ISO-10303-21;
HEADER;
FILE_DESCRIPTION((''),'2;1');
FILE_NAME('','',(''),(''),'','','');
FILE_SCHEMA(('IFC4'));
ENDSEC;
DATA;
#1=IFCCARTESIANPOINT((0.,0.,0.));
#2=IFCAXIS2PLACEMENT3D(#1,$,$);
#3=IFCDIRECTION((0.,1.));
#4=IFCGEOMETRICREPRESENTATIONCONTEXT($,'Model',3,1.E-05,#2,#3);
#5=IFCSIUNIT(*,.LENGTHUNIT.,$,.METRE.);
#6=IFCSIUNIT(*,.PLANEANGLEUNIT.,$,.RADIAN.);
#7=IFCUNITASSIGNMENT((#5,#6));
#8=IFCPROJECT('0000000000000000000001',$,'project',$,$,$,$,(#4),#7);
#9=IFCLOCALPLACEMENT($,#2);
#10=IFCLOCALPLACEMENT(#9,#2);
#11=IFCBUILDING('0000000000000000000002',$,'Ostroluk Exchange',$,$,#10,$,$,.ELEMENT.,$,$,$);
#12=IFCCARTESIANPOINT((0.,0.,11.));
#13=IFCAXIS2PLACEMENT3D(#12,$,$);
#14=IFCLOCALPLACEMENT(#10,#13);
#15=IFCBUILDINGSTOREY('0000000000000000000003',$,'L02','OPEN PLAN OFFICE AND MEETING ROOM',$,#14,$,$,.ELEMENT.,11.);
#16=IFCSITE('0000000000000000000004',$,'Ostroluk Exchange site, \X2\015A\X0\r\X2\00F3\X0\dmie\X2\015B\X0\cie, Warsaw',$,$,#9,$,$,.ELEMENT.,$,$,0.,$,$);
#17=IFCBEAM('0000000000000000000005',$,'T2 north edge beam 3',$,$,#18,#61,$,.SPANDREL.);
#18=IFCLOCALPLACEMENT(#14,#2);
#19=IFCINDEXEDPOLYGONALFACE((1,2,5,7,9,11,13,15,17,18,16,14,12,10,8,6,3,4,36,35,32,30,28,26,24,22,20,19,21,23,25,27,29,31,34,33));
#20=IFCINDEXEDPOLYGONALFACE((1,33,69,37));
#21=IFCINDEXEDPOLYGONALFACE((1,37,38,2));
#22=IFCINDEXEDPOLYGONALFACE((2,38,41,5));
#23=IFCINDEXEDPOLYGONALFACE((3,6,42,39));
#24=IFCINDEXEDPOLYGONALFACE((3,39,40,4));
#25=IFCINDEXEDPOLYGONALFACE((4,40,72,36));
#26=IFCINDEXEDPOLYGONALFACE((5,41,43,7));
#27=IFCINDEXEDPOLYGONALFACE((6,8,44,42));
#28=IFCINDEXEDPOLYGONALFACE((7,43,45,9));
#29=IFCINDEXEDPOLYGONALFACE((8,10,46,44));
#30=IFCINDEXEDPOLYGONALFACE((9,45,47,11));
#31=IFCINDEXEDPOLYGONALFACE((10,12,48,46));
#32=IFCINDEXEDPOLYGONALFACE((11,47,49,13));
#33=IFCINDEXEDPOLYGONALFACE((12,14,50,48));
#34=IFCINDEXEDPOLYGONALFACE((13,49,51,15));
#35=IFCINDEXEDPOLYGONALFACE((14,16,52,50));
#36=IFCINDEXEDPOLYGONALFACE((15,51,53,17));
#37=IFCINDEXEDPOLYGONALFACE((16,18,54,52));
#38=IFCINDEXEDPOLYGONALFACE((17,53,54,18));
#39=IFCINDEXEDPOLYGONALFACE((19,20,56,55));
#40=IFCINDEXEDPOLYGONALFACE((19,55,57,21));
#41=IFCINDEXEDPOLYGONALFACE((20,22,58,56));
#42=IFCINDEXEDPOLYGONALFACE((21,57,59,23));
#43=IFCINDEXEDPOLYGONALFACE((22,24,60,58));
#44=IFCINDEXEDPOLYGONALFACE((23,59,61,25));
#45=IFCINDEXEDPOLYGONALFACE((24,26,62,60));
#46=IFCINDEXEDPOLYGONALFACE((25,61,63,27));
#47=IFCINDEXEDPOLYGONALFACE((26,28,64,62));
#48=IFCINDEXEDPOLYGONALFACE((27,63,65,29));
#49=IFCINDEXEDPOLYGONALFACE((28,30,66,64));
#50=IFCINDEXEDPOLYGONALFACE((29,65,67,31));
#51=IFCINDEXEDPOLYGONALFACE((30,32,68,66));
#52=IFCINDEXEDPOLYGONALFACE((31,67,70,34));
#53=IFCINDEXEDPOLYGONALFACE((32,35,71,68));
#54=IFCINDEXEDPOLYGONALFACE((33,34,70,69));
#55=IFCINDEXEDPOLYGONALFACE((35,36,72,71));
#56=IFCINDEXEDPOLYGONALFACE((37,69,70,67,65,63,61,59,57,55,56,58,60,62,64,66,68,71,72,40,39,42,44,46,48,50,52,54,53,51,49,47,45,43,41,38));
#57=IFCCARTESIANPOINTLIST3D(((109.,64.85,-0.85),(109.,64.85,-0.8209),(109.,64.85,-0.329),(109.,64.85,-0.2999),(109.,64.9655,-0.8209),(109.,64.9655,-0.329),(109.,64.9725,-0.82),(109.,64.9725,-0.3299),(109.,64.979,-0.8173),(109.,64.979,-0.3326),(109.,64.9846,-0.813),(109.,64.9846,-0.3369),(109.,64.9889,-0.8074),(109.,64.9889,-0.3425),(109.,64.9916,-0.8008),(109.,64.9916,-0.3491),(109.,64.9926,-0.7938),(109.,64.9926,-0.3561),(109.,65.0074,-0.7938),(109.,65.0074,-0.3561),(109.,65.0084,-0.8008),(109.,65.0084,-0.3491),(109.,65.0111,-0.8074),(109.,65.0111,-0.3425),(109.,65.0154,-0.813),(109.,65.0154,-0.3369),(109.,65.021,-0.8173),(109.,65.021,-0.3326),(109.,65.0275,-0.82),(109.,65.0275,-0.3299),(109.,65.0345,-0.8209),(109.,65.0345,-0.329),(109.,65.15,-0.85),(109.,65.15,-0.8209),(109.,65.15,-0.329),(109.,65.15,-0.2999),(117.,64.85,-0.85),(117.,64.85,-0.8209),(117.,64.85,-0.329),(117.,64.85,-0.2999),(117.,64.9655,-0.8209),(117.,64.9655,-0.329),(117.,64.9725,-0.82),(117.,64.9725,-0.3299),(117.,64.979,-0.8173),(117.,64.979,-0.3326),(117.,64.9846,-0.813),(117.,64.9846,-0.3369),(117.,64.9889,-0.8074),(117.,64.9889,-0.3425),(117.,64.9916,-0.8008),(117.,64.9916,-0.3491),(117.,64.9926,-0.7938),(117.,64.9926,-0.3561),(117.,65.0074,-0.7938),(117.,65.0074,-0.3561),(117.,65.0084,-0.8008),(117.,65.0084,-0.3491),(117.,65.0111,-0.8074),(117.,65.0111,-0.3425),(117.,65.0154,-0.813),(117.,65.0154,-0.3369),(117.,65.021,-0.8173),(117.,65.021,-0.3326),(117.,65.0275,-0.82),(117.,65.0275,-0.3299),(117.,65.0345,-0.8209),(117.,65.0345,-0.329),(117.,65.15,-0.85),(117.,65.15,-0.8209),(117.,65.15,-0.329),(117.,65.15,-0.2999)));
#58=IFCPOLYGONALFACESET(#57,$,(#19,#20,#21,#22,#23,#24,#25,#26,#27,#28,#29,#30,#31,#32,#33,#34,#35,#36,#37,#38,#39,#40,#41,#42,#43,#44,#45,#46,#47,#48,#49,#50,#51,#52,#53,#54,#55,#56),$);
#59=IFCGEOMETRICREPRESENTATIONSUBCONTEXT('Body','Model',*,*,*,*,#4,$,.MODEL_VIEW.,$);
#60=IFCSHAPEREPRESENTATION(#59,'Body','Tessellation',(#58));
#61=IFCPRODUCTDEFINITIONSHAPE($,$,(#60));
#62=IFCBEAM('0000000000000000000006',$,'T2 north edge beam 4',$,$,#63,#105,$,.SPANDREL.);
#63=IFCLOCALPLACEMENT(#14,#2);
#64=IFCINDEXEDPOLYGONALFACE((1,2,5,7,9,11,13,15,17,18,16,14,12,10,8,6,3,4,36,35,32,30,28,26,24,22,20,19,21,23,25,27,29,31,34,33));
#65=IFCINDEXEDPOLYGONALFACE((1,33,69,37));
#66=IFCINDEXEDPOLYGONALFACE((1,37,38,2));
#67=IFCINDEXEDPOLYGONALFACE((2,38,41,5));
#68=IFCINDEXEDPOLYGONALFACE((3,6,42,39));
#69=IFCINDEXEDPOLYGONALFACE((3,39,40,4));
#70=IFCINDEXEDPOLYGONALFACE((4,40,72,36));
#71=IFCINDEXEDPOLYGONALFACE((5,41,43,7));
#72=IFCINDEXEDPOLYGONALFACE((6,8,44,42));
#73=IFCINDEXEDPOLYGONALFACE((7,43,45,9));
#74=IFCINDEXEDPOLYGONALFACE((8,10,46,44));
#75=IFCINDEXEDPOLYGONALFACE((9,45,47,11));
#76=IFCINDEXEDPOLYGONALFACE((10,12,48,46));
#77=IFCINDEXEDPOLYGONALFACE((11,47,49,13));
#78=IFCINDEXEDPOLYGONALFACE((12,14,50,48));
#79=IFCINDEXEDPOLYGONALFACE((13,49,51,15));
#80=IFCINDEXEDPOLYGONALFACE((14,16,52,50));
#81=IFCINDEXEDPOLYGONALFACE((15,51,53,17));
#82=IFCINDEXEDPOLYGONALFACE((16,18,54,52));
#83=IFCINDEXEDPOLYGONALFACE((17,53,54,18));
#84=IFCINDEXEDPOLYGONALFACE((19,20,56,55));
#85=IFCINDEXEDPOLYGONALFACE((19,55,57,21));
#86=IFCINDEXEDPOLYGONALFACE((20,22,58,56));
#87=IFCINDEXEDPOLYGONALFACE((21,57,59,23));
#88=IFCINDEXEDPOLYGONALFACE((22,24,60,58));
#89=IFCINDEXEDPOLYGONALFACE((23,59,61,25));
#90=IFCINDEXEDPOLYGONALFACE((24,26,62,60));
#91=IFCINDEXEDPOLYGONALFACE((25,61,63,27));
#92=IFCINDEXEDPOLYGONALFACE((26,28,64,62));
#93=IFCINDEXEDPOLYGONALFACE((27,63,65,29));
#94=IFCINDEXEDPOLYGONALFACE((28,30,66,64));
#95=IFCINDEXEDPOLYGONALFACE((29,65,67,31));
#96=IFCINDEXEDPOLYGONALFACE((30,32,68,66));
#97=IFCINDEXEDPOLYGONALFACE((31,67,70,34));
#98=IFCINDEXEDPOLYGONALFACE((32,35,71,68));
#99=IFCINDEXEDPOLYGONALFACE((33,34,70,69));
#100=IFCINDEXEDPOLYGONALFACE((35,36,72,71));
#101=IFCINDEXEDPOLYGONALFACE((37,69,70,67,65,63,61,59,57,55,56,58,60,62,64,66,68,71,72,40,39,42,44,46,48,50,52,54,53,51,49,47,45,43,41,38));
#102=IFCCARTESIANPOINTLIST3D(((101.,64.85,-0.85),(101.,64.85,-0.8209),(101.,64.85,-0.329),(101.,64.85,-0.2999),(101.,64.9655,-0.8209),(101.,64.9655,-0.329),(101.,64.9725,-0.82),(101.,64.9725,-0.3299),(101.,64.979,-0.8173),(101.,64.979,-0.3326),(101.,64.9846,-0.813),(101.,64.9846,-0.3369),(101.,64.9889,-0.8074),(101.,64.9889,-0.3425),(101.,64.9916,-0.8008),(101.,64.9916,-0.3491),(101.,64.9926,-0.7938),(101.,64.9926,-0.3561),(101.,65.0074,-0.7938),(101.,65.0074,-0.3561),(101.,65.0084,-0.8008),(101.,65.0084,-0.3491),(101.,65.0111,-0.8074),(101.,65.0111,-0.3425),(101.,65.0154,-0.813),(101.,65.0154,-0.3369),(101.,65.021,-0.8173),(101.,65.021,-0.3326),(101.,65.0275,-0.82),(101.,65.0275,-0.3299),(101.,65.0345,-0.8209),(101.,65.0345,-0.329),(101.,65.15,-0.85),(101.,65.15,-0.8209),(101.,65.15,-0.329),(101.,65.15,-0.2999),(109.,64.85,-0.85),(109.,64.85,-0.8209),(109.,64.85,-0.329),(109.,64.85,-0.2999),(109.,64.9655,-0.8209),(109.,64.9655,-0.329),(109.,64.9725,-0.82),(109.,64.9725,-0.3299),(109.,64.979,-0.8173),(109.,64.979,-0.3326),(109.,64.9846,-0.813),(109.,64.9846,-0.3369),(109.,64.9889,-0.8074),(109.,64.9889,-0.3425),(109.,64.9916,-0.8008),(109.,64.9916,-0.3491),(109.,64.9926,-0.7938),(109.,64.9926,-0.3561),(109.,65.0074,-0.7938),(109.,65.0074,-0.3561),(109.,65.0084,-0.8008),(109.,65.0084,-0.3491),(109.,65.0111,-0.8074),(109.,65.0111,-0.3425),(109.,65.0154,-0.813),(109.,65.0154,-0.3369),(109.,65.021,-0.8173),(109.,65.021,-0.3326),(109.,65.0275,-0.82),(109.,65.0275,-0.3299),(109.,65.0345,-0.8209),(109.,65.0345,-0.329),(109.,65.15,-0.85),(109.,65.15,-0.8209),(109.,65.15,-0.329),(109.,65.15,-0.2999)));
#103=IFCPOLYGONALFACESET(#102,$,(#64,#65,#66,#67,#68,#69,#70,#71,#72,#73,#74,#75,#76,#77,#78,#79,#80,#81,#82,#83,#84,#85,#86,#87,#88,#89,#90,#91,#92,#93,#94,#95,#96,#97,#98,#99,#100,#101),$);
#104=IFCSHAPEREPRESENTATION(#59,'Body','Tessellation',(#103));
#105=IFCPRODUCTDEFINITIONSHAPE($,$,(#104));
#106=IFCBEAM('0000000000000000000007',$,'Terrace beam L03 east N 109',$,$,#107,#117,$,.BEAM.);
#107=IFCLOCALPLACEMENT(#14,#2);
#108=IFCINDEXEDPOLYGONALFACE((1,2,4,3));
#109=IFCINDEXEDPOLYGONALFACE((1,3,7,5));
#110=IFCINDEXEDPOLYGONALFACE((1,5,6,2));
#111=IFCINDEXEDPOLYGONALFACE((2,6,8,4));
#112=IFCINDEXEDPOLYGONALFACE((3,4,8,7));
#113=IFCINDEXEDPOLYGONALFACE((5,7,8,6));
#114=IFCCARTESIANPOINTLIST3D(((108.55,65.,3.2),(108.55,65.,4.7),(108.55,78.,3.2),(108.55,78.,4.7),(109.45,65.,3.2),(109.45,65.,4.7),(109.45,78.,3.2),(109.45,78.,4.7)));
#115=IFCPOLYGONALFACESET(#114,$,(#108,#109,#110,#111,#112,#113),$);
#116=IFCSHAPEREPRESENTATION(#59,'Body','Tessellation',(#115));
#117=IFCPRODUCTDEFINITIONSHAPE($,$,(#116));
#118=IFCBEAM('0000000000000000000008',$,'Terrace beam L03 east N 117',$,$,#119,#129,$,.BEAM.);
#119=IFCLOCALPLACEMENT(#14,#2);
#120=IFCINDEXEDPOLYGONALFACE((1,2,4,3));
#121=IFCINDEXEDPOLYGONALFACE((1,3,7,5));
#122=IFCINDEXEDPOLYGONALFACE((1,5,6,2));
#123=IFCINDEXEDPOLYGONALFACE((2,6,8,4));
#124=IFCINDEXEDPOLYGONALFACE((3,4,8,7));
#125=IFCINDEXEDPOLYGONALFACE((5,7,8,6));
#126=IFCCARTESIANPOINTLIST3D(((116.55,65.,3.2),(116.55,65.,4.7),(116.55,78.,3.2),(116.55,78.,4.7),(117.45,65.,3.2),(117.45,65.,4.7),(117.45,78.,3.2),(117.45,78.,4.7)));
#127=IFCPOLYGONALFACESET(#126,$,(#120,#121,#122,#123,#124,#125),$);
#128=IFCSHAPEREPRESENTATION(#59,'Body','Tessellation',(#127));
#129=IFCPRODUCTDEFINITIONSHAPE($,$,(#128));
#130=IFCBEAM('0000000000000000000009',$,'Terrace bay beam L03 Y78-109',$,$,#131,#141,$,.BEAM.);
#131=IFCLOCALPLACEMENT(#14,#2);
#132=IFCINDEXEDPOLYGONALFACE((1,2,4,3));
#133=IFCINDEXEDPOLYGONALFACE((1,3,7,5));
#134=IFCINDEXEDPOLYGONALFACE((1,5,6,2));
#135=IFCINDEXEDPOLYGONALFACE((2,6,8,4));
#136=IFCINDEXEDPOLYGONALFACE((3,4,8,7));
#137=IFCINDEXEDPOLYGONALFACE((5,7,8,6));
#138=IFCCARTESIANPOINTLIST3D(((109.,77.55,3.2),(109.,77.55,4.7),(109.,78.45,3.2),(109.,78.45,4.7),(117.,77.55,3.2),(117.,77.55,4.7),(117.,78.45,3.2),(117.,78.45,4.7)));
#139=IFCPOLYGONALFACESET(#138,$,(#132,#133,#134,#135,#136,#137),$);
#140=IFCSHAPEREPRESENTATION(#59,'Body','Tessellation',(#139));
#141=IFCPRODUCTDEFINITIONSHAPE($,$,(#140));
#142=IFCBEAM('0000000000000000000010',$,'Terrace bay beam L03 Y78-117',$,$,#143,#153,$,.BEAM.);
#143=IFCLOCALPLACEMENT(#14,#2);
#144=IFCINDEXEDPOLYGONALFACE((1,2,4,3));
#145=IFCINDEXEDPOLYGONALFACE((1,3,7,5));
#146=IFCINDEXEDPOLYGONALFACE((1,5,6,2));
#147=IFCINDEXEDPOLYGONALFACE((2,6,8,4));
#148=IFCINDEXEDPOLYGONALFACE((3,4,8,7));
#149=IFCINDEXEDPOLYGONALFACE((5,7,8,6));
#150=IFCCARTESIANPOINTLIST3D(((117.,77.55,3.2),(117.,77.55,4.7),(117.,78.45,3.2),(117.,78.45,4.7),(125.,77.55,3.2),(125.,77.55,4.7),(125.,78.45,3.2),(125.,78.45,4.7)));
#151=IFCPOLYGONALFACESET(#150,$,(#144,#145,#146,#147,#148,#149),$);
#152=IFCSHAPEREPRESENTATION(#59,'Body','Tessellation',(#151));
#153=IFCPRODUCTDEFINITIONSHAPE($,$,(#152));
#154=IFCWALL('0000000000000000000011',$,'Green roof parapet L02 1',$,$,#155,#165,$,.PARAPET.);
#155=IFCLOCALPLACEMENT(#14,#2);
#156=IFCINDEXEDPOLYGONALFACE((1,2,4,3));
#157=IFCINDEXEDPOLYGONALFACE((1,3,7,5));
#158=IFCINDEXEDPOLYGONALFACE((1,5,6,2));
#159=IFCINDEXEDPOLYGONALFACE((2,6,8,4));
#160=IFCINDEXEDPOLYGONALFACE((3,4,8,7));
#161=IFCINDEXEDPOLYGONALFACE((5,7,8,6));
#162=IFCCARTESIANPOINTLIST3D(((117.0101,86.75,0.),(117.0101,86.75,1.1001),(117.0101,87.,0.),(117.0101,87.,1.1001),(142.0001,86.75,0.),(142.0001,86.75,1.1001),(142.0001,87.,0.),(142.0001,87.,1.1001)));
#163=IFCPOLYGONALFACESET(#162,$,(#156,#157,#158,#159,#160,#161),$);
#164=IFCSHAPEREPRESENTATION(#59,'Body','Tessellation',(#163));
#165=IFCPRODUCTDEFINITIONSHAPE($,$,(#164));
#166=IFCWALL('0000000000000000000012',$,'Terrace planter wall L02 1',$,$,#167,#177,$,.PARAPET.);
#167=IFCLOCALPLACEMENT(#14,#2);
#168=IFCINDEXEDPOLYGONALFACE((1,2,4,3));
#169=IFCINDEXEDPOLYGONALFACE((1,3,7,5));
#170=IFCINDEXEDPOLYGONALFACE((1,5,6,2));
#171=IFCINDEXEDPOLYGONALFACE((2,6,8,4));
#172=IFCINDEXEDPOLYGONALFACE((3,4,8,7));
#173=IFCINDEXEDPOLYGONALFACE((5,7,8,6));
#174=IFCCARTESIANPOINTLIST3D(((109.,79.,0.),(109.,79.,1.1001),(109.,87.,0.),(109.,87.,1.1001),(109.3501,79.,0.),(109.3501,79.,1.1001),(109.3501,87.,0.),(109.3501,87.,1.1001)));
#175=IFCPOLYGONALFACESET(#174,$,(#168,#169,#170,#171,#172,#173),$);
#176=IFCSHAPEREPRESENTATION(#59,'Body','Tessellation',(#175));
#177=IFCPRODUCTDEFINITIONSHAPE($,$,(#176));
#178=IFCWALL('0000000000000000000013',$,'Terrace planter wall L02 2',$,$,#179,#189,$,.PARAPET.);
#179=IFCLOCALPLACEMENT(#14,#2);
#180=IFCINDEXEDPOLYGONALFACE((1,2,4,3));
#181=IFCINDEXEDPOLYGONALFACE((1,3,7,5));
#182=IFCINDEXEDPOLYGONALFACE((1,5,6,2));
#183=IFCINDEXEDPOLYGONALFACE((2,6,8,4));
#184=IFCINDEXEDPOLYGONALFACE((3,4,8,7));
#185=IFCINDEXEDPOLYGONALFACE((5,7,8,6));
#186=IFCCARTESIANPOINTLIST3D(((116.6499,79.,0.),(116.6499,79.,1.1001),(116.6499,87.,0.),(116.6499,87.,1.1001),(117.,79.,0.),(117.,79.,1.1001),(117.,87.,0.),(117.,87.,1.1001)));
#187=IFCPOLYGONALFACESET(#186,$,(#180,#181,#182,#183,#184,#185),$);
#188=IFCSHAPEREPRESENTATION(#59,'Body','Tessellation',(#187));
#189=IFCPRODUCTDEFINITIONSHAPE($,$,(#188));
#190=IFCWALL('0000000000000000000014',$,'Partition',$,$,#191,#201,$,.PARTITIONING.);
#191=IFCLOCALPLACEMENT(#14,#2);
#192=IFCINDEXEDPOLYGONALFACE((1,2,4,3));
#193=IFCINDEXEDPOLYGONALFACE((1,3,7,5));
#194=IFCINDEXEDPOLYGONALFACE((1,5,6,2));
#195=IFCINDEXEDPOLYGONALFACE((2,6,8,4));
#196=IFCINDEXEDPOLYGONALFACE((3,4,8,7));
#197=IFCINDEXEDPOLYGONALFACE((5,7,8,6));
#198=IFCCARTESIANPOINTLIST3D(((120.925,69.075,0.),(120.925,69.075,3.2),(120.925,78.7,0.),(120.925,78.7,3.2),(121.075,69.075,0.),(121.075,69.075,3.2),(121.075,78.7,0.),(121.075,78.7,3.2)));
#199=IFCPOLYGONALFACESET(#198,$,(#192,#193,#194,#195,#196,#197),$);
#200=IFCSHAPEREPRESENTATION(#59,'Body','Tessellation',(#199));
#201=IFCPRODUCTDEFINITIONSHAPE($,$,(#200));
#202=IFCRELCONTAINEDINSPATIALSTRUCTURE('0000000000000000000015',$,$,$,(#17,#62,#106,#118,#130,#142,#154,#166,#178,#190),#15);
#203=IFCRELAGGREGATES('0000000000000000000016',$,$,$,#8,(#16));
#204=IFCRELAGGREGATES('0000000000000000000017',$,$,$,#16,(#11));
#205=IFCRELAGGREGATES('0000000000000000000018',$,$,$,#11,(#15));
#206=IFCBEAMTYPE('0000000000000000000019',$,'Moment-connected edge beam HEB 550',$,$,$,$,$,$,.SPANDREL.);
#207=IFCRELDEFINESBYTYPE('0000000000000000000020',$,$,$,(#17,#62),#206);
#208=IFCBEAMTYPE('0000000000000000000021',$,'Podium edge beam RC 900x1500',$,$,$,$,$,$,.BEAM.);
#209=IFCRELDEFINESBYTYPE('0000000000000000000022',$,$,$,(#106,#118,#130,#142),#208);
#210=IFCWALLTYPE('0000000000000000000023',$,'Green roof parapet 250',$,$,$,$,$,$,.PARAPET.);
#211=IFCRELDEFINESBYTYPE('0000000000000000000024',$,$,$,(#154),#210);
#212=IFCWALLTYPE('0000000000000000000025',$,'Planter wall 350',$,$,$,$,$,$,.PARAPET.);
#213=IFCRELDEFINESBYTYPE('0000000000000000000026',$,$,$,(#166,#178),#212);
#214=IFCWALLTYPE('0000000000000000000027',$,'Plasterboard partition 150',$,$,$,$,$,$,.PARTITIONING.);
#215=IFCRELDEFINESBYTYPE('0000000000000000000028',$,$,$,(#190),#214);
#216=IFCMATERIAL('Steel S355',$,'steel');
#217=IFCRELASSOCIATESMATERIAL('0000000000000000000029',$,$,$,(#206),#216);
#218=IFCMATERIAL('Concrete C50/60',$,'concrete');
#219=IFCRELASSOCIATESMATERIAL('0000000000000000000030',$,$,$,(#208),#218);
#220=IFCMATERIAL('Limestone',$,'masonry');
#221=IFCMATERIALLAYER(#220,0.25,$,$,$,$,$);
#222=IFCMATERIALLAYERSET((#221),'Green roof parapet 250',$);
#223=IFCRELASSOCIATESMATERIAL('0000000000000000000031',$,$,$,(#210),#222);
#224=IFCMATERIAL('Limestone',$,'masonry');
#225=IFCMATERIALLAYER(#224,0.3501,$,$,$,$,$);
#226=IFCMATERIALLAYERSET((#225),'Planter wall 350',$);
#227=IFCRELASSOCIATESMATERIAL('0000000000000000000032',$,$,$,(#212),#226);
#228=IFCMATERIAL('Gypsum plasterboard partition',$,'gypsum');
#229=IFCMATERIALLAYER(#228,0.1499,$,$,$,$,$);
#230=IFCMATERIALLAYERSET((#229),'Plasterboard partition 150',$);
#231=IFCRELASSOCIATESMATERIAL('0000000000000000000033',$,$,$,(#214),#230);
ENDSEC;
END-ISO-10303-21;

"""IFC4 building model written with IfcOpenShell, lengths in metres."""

from ifc_helpers import new_model, si_unit, direction, frame, frame_2d, origin, origin_2d, place, context, subcontext, project, spatial, rectangle, i_section, extrude, material, layer, layer_set, material_profile, profile_set, type_object, element, save


model = new_model("IFC4")

# Units and contexts
model_context = context("Model", 3, precision=1e-05, world=origin(), true_north=direction((0.0, 1.0)))
body_context = subcontext(model_context, "Body", "Model", "MODEL_VIEW")
ifc_project = project(units=[si_unit("LENGTHUNIT", "METRE"), si_unit("PLANEANGLEUNIT", "RADIAN")], contexts=[model_context])

# Site, building, storey
site_placement = place(None, origin())
site = spatial("IfcSite", under=ifc_project, at=site_placement, Name="Ostroluk Exchange site, Śródmieście, Warsaw", CompositionType="ELEMENT", RefElevation=0.0)
building_placement = place(site_placement, origin())
building = spatial("IfcBuilding", under=site, at=building_placement, Name="Ostroluk Exchange", CompositionType="ELEMENT")
storey_placement = place(building_placement, frame((0.0, 0.0, 11.0)))
storey = spatial("IfcBuildingStorey", under=building, at=storey_placement, Name="L02", Description="OPEN PLAN OFFICE AND MEETING ROOM", CompositionType="ELEMENT", Elevation=11.0)

# Beams
ifc_material_1 = material(Name="Steel S355", Category="steel")
ifc_material_profile_1 = material_profile(ifc_material_1, i_section(OverallWidth=0.3, OverallDepth=0.55, WebThickness=0.0149, FlangeThickness=0.0291, FilletRadius=0.0271, at=origin_2d()), Name="HEB 550")
ifc_profile_set_1 = profile_set([ifc_material_profile_1], Name="Steel S355")
beam_type_1 = type_object("IfcBeamType", Name="Moment-connected edge beam HEB 550", PredefinedType="SPANDREL", material=ifc_profile_set_1)
for number, where, z_axis, x_axis, name in (
    (1, (117.0, 65.0, -0.575), (-1.0, 0.0, 0.0), (0.0, -1.0, 0.0), "T2 north edge beam 3"),
    (2, (109.0, 65.0, -0.575), (-1.0, 0.0, 0.0), (0.0, -1.0, 0.0), "T2 north edge beam 4"),
):
    element("IfcBeam", number, at=place(storey_placement, frame(where, z_axis=z_axis, x_axis=x_axis)), inside=storey, type_object=beam_type_1, Name=name, PredefinedType="SPANDREL", context=body_context, shape_type="SweptSolid", body=[
        extrude(i_section(OverallWidth=0.3, OverallDepth=0.55, WebThickness=0.0149, FlangeThickness=0.0291, FilletRadius=0.0271, at=origin_2d()), origin(), (0.0, 0.0, 1.0), 8.0),
    ])
ifc_material_2 = material(Name="Concrete C50/60", Category="concrete")
ifc_material_profile_2 = material_profile(ifc_material_2, rectangle(XDim=0.8999, YDim=1.5, at=origin_2d()), Name="RC 900x1500")
ifc_profile_set_2 = profile_set([ifc_material_profile_2], Name="Concrete C50/60")
beam_type_2 = type_object("IfcBeamType", Name="Podium edge beam RC 900x1500", PredefinedType="BEAM", material=ifc_profile_set_2)
for number, where, z_axis, x_axis, name in (
    (3, (109.0, 78.0, 3.95), (0.0, -1.0, 0.0), (1.0, 0.0, 0.0), "Terrace beam L03 east N 109"),
    (4, (117.0, 78.0, 3.95), (0.0, -1.0, 0.0), (1.0, 0.0, 0.0), "Terrace beam L03 east N 117"),
):
    element("IfcBeam", number, at=place(storey_placement, frame(where, z_axis=z_axis, x_axis=x_axis)), inside=storey, type_object=beam_type_2, Name=name, PredefinedType="BEAM", context=body_context, shape_type="SweptSolid", body=[
        extrude(rectangle(XDim=0.8999, YDim=1.5, at=origin_2d()), origin(), (0.0, 0.0, 1.0), 13.0),
    ])
for number, where, z_axis, x_axis, name in (
    (5, (109.0, 78.0, 3.95), (1.0, 0.0, 0.0), (0.0, 1.0, 0.0), "Terrace bay beam L03 Y78-109"),
    (6, (117.0, 78.0, 3.95), (1.0, 0.0, 0.0), (0.0, 1.0, 0.0), "Terrace bay beam L03 Y78-117"),
):
    element("IfcBeam", number, at=place(storey_placement, frame(where, z_axis=z_axis, x_axis=x_axis)), inside=storey, type_object=beam_type_2, Name=name, PredefinedType="BEAM", context=body_context, shape_type="SweptSolid", body=[
        extrude(rectangle(XDim=0.8999, YDim=1.5, at=origin_2d()), origin(), (0.0, 0.0, 1.0), 8.0),
    ])

# Walls
ifc_material_3 = material(Name="Limestone", Category="masonry")
ifc_layer_1 = layer(ifc_material_3, 0.25)
ifc_layer_set_1 = layer_set([ifc_layer_1], Name="Green roof parapet 250")
wall_type_1 = type_object("IfcWallType", Name="Green roof parapet 250", PredefinedType="PARAPET", material=ifc_layer_set_1)
wall_1_placement = place(storey_placement, frame((117.01, 86.875, 0.0), z_axis=(0.0, 0.0, 1.0), x_axis=(1.0, 0.0, 0.0)))
element("IfcWall", 7, at=wall_1_placement, inside=storey, type_object=wall_type_1, Name="Green roof parapet L02 1", PredefinedType="PARAPET", context=body_context, shape_type="SweptSolid", body=[
    extrude(rectangle(XDim=24.99, YDim=0.25, at=frame_2d((12.4951, 0.0))), origin(), (0.0, 0.0, 1.0), 1.1001),
])
ifc_material_4 = material(Name="Limestone", Category="masonry")
ifc_layer_2 = layer(ifc_material_4, 0.3501)
ifc_layer_set_2 = layer_set([ifc_layer_2], Name="Planter wall 350")
wall_type_2 = type_object("IfcWallType", Name="Planter wall 350", PredefinedType="PARAPET", material=ifc_layer_set_2)
for number, where, z_axis, x_axis, name in (
    (8, (109.175, 79.0, 0.0), (0.0, 0.0, 1.0), (0.0, 1.0, 0.0), "Terrace planter wall L02 1"),
    (9, (116.825, 79.0, 0.0), (0.0, 0.0, 1.0), (0.0, 1.0, 0.0), "Terrace planter wall L02 2"),
):
    element("IfcWall", number, at=place(storey_placement, frame(where, z_axis=z_axis, x_axis=x_axis)), inside=storey, type_object=wall_type_2, Name=name, PredefinedType="PARAPET", context=body_context, shape_type="SweptSolid", body=[
        extrude(rectangle(XDim=8.0, YDim=0.3501, at=frame_2d((4.0, 0.0))), origin(), (0.0, 0.0, 1.0), 1.1001),
    ])
ifc_material_5 = material(Name="Gypsum plasterboard partition", Category="gypsum")
ifc_layer_3 = layer(ifc_material_5, 0.1499)
ifc_layer_set_3 = layer_set([ifc_layer_3], Name="Plasterboard partition 150")
wall_type_3 = type_object("IfcWallType", Name="Plasterboard partition 150", PredefinedType="PARTITIONING", material=ifc_layer_set_3)
wall_2_placement = place(storey_placement, frame((121.0, 69.075, 0.0), z_axis=(0.0, 0.0, 1.0), x_axis=(0.0, 1.0, 0.0)))
element("IfcWall", 10, at=wall_2_placement, inside=storey, type_object=wall_type_3, Name="Partition", PredefinedType="PARTITIONING", context=body_context, shape_type="SweptSolid", body=[
    extrude(rectangle(XDim=9.625, YDim=0.1499, at=frame_2d((4.8125, 0.0))), origin(), (0.0, 0.0, 1.0), 3.2),
])

save(model, "model.ifc")
